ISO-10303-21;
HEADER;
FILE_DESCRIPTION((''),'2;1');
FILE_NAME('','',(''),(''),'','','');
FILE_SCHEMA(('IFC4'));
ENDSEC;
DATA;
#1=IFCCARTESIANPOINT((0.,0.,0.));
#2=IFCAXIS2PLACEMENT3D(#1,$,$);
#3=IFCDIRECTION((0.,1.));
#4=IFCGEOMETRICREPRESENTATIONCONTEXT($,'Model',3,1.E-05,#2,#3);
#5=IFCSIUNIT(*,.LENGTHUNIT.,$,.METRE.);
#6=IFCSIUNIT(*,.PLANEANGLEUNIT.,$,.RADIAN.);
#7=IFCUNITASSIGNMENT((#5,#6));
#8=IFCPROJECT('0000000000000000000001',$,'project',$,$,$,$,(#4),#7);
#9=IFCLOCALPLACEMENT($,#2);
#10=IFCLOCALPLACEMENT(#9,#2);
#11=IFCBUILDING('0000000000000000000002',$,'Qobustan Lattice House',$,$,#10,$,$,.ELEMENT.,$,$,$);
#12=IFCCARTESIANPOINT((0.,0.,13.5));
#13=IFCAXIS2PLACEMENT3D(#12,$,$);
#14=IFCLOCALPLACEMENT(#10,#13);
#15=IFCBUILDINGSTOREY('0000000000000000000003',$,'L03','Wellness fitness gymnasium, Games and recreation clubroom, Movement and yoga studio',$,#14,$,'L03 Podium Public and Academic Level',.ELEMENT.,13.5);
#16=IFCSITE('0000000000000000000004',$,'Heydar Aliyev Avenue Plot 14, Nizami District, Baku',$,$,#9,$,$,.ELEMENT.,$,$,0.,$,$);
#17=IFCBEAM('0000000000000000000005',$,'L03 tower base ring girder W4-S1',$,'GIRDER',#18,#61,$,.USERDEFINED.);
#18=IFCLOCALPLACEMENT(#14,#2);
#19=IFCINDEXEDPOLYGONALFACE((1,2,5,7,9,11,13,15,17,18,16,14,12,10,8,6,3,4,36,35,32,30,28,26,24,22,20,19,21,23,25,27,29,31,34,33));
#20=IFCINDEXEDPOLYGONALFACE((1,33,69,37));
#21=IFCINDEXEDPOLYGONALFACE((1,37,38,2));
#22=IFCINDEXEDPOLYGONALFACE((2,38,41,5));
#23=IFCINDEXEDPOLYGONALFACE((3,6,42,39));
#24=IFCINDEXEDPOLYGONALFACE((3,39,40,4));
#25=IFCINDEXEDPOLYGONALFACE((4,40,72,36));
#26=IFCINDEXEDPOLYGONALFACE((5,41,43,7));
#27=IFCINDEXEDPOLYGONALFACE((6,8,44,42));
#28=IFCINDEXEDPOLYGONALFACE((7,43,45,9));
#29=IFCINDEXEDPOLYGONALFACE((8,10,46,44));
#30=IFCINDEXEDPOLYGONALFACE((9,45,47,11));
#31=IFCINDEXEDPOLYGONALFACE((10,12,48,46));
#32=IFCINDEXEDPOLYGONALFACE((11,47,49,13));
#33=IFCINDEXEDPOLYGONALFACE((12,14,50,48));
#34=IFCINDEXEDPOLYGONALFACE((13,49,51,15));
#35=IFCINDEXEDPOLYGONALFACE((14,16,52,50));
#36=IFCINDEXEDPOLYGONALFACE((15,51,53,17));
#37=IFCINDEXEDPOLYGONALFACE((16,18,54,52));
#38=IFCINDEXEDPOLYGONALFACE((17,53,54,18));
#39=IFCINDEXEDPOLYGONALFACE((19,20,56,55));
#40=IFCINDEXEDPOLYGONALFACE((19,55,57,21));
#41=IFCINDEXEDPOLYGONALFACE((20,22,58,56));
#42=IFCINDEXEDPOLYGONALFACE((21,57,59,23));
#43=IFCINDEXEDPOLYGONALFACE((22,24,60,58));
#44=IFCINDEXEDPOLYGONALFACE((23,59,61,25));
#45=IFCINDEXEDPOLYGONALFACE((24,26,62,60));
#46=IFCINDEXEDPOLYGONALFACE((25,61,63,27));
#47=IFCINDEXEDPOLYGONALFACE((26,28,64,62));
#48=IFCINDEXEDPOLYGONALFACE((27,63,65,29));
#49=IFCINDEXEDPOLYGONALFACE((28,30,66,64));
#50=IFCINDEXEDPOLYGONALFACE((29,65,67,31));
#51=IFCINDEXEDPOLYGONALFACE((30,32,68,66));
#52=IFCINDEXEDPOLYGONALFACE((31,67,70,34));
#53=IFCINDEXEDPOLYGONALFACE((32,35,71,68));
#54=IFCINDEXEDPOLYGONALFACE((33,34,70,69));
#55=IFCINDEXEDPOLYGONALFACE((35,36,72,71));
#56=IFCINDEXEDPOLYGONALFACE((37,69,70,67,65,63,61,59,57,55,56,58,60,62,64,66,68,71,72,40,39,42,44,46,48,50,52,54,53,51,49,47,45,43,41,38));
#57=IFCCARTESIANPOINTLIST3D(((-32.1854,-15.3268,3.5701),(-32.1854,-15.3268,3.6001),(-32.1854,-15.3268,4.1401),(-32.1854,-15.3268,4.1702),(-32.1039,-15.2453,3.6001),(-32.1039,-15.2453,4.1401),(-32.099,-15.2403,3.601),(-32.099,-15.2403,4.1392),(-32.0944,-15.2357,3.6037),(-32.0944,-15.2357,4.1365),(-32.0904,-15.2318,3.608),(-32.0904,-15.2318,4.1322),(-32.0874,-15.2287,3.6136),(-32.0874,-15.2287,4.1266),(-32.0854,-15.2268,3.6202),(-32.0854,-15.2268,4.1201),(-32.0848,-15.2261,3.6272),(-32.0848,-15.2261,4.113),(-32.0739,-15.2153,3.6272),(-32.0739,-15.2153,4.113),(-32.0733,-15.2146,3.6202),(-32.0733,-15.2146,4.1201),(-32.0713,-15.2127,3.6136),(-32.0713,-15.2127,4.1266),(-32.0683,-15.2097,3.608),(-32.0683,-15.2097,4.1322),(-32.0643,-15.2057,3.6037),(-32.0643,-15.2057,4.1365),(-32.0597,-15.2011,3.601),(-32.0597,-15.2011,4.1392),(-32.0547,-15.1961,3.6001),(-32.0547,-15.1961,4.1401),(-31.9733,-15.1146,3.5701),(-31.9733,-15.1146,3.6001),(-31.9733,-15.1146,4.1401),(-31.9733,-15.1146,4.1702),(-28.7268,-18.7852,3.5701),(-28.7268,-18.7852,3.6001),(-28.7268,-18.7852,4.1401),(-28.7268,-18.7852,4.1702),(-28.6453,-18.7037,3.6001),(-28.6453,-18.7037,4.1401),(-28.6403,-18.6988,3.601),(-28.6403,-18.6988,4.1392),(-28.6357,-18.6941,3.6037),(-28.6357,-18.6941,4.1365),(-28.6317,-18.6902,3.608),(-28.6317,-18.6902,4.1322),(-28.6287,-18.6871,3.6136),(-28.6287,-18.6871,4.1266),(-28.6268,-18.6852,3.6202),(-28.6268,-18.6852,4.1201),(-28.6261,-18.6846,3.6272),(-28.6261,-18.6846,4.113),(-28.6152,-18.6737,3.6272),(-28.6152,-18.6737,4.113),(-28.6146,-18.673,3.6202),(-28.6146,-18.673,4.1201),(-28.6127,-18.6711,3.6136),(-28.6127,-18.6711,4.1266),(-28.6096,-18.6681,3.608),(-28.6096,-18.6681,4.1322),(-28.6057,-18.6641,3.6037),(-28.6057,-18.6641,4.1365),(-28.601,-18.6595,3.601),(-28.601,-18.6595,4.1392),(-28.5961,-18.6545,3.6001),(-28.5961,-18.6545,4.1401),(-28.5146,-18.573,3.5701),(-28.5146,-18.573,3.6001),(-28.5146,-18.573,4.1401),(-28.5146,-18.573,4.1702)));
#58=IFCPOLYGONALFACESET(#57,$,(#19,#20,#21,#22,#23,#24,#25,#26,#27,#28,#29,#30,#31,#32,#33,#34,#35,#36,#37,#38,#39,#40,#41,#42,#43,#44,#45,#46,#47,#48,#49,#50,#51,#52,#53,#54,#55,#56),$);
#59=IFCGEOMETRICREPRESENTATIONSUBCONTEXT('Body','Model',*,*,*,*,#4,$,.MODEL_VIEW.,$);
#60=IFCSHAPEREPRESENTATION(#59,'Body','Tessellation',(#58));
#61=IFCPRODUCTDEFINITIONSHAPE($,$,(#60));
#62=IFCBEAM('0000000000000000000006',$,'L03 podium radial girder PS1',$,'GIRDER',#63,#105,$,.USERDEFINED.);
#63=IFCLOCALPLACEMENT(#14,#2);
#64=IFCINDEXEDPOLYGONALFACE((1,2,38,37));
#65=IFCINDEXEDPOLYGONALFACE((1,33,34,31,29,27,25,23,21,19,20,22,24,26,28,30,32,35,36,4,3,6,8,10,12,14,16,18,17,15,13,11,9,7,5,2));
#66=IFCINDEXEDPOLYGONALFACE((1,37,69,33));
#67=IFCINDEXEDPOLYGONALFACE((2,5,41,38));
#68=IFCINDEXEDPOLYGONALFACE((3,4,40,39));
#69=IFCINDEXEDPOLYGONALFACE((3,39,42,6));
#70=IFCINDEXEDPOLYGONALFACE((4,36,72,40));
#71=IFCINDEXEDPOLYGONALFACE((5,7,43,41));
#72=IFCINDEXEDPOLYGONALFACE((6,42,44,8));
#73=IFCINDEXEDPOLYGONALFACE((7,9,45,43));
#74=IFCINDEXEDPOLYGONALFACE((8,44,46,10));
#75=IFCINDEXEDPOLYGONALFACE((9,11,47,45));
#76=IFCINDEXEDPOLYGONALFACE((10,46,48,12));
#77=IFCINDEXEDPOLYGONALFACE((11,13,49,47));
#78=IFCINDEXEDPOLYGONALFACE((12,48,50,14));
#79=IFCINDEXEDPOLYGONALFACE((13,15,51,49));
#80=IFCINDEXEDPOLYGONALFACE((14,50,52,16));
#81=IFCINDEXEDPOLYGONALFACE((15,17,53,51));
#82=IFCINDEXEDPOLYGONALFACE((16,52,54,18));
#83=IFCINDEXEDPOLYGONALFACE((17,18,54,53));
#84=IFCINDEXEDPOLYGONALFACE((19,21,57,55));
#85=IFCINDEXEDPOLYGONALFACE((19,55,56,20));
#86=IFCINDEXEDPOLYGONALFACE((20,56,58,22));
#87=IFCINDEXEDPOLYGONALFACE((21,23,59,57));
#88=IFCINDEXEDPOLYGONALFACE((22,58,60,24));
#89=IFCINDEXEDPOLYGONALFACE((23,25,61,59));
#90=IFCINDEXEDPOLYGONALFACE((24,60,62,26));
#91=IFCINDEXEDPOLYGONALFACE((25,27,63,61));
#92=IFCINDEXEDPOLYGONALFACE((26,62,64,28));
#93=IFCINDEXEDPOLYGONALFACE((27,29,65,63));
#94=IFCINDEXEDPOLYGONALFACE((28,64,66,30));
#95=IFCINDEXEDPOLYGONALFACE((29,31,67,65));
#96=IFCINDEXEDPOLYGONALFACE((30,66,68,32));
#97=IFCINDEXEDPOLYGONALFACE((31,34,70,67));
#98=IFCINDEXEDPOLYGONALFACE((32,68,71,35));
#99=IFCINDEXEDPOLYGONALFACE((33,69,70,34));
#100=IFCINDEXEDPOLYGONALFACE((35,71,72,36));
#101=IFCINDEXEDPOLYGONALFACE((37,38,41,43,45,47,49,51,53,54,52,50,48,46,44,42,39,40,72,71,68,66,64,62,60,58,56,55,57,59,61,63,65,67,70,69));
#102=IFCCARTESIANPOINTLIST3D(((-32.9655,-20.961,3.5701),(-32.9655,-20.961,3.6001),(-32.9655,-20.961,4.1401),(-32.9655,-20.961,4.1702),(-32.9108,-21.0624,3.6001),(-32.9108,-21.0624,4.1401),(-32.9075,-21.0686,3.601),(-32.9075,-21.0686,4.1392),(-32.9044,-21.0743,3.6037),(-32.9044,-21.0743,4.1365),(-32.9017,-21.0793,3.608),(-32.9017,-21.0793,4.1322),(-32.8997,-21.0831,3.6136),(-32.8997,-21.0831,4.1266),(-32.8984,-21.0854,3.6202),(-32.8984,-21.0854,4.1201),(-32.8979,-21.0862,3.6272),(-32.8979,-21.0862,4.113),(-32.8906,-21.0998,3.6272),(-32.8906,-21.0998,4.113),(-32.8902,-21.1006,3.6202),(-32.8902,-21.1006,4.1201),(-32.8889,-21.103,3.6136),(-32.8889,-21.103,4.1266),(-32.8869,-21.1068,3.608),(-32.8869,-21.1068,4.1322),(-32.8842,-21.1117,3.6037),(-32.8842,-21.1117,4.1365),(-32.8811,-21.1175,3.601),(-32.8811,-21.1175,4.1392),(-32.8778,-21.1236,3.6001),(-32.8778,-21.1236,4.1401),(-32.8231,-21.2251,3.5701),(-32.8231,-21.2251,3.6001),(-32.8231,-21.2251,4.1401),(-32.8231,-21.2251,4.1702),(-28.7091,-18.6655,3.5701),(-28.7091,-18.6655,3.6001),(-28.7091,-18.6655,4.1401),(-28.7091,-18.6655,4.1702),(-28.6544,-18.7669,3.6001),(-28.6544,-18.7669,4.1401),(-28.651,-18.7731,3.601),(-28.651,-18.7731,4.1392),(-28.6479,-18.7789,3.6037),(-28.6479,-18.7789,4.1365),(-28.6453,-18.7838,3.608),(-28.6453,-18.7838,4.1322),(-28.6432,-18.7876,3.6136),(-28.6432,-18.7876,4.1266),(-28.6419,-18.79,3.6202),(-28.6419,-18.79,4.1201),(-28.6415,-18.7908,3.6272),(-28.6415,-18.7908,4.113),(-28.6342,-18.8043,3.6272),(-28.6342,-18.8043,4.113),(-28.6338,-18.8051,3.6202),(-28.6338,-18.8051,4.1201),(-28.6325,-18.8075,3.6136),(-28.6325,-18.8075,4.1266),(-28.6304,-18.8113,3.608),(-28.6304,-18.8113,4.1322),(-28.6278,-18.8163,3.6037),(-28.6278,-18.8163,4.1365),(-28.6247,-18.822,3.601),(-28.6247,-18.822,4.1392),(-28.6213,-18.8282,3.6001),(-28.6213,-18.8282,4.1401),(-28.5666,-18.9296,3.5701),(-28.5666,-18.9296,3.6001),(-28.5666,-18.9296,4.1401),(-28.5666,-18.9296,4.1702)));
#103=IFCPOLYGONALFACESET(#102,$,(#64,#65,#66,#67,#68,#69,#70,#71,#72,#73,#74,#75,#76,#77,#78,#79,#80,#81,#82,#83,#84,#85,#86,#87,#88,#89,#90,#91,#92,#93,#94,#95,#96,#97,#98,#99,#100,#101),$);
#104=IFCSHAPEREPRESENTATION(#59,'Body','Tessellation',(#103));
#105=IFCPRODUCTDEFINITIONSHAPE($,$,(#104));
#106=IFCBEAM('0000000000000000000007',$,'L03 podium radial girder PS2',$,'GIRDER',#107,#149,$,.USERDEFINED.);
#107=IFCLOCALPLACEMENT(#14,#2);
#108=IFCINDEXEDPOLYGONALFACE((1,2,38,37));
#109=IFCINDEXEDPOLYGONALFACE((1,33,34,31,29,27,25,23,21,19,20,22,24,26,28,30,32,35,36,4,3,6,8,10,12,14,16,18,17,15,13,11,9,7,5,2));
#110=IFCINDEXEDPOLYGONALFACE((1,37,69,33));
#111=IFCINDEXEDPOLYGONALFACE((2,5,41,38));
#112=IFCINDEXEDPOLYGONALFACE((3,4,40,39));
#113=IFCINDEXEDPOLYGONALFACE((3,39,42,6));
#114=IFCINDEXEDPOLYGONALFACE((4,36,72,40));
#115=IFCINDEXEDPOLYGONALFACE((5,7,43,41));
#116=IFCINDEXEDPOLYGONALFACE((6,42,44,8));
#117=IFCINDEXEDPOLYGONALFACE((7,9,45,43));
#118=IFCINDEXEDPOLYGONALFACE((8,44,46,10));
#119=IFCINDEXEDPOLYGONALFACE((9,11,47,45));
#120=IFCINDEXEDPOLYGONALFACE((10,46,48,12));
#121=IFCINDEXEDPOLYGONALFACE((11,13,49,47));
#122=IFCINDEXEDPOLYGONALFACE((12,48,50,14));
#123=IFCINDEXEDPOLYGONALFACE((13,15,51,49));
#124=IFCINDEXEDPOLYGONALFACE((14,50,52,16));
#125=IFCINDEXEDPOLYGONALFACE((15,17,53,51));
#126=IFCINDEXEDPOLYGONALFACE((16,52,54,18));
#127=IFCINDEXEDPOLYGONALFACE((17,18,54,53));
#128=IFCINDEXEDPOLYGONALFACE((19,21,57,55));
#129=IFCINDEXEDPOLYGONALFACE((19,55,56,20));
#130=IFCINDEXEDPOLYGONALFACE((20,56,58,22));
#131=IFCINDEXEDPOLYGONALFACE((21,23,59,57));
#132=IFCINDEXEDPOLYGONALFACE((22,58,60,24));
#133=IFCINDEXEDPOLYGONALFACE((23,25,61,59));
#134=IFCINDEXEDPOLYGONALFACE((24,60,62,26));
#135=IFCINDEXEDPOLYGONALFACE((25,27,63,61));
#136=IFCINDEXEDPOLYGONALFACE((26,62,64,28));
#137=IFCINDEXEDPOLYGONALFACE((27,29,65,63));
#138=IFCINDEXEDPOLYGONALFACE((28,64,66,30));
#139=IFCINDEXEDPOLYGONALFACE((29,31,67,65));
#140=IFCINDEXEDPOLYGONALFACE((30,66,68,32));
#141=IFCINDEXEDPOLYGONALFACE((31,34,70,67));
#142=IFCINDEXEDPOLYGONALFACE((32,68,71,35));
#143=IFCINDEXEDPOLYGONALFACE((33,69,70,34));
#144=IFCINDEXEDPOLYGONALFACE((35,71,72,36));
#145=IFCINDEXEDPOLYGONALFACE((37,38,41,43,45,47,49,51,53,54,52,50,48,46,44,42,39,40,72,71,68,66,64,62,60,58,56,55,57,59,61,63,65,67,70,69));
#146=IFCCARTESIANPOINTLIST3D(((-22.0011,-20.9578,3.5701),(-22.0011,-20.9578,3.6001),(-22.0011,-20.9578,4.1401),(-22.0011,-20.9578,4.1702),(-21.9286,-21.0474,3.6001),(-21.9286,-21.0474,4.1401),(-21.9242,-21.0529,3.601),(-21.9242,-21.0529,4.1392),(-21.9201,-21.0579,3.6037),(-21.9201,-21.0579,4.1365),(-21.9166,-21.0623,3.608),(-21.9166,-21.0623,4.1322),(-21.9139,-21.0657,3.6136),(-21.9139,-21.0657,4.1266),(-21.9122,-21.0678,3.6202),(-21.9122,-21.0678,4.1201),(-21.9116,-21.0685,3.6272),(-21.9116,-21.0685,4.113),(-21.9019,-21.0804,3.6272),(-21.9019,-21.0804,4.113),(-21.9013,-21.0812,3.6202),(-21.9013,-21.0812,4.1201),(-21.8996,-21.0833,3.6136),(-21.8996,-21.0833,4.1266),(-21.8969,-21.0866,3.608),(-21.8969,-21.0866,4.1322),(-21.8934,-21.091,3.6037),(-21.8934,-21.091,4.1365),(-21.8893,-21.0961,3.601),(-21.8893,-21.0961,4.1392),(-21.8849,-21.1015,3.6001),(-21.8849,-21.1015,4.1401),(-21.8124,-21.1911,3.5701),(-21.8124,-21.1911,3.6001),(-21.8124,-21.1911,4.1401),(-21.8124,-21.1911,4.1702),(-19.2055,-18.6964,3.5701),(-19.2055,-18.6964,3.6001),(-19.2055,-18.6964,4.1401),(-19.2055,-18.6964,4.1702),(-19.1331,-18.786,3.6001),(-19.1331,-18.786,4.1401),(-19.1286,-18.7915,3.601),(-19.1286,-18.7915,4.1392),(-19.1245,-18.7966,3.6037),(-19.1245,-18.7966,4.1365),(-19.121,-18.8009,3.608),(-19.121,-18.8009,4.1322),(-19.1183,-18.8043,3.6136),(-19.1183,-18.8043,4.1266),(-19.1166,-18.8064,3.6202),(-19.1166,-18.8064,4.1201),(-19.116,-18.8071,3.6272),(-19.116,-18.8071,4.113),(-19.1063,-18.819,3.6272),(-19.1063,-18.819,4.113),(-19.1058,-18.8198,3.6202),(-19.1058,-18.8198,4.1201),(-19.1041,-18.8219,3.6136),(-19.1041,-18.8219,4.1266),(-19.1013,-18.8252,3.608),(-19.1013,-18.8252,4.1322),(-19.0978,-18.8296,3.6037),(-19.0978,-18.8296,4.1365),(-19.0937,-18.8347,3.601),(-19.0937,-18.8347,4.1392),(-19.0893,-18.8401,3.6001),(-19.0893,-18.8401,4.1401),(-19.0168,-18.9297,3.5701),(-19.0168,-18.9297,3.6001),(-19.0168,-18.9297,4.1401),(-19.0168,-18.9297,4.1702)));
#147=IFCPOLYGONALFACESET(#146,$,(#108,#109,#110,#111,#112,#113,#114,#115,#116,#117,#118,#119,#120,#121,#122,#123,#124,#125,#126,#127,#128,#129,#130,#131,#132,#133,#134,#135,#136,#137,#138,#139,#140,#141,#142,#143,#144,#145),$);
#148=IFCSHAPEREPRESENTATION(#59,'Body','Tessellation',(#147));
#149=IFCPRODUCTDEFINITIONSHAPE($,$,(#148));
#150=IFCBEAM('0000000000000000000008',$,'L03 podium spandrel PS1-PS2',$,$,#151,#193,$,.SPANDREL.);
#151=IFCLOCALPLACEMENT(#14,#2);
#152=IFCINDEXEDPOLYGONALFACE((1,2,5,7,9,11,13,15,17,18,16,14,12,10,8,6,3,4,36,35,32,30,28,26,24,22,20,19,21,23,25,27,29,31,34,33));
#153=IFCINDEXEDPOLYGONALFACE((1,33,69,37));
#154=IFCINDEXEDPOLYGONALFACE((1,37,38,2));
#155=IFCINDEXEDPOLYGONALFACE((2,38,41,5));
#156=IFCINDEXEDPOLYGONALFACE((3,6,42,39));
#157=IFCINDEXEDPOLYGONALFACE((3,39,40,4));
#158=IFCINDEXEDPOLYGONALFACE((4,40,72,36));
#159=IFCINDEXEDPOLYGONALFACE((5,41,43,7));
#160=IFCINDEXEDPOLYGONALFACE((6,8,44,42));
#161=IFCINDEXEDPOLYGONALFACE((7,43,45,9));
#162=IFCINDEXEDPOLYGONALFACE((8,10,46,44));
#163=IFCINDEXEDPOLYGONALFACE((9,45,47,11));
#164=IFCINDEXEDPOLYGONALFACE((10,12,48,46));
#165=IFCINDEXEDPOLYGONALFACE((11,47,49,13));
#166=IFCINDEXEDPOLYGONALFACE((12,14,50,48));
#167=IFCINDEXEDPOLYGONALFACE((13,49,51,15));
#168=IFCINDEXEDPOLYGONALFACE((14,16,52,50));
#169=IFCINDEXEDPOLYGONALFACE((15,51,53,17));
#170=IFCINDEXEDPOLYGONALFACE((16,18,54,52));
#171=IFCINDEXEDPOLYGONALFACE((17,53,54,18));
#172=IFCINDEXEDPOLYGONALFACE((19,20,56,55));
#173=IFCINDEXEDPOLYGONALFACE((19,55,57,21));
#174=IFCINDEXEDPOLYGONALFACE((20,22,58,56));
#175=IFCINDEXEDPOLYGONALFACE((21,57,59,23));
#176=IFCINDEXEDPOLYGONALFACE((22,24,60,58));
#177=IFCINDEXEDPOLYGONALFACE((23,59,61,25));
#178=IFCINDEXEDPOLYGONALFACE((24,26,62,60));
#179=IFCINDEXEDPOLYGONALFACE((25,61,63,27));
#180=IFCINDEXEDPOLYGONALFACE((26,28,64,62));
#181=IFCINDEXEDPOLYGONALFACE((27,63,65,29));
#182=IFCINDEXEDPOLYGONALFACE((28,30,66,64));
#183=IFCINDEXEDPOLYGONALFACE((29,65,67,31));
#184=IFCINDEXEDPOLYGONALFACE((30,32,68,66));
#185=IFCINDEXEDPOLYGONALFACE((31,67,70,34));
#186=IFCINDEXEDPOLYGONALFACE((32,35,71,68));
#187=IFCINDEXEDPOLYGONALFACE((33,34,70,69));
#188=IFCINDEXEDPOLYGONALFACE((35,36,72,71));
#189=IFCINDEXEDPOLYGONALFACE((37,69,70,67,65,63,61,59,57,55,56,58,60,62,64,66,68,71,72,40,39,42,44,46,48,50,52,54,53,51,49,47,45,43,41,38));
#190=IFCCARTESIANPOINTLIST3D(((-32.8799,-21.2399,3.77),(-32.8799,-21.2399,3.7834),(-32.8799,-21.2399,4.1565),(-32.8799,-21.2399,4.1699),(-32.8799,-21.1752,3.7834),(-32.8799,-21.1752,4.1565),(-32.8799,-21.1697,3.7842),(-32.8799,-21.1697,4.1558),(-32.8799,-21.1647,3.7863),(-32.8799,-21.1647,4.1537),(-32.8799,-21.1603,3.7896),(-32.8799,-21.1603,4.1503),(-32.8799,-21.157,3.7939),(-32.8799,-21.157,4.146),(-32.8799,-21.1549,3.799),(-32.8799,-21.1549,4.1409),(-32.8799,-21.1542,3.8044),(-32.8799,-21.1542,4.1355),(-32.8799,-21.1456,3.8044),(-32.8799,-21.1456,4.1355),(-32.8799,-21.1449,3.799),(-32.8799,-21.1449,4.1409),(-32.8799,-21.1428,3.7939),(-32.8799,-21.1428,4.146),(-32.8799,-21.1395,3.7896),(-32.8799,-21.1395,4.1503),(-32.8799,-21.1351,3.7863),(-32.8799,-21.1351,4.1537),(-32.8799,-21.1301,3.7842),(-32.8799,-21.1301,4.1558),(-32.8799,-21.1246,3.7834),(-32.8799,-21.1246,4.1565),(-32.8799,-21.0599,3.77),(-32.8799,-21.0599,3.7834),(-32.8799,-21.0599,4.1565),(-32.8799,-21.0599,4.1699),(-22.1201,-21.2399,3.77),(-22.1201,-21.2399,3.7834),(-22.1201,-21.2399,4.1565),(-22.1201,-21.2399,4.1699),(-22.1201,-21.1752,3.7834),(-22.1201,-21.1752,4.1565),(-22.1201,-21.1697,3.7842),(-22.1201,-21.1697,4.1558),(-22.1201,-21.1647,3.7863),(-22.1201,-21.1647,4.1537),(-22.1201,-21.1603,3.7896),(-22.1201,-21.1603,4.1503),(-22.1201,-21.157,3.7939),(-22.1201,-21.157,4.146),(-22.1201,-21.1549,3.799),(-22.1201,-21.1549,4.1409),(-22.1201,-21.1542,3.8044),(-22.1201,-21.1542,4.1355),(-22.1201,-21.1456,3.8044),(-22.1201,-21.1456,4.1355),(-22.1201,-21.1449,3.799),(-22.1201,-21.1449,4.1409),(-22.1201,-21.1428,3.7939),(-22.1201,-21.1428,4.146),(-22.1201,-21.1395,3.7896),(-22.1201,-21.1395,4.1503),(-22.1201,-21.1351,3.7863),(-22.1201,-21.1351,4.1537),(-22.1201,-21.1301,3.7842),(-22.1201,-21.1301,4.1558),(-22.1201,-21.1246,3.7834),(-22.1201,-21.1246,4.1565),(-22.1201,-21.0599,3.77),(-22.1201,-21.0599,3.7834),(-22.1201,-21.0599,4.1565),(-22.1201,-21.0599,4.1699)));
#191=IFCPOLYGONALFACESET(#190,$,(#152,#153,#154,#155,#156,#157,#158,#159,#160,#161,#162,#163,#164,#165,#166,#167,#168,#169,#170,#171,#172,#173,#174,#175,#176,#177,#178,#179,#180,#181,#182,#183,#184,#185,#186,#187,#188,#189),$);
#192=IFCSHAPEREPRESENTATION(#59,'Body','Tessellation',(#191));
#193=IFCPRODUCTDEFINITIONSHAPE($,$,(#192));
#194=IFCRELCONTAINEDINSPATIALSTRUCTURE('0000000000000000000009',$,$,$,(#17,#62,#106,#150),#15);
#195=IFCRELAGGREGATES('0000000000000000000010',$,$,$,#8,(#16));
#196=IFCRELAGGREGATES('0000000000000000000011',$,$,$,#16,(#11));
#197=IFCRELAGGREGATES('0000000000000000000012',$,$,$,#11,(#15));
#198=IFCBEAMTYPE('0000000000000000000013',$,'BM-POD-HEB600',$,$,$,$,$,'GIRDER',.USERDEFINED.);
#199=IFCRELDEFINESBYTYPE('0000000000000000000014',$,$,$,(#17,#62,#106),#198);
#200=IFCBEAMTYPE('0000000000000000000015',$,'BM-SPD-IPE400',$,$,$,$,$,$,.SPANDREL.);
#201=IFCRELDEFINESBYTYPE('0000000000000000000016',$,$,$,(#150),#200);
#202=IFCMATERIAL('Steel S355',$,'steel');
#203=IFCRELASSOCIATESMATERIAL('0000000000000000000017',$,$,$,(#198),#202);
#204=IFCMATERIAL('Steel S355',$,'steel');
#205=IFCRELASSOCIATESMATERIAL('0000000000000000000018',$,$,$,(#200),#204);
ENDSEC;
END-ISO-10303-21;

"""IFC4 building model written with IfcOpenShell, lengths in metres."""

from ifc_helpers import new_model, si_unit, direction, frame, origin, origin_2d, place, context, subcontext, project, spatial, i_section, extrude, material, material_profile, profile_set, type_object, element, save


model = new_model("IFC4")

# Units and contexts
model_context = context("Model", 3, precision=1e-05, world=origin(), true_north=direction((0.0, 1.0)))
body_context = subcontext(model_context, "Body", "Model", "MODEL_VIEW")
ifc_project = project(units=[si_unit("LENGTHUNIT", "METRE"), si_unit("PLANEANGLEUNIT", "RADIAN")], contexts=[model_context])

# Site, building, storey
site_placement = place(None, origin())
site = spatial("IfcSite", under=ifc_project, at=site_placement, Name="Heydar Aliyev Avenue Plot 14, Nizami District, Baku", CompositionType="ELEMENT", RefElevation=0.0)
building_placement = place(site_placement, origin())
building = spatial("IfcBuilding", under=site, at=building_placement, Name="Qobustan Lattice House", CompositionType="ELEMENT")
storey_placement = place(building_placement, frame((0.0, 0.0, 13.5)))
storey = spatial("IfcBuildingStorey", under=building, at=storey_placement, Name="L03", Description="Wellness fitness gymnasium, Games and recreation clubroom, Movement and yoga studio", LongName="L03 Podium Public and Academic Level", CompositionType="ELEMENT", Elevation=13.5)

# Beams
ifc_material_1 = material(Name="Steel S355", Category="steel")
ifc_material_profile_1 = material_profile(ifc_material_1, i_section(OverallWidth=0.3, OverallDepth=0.6001, WebThickness=0.0154, FlangeThickness=0.03, FilletRadius=0.0271, at=origin_2d()), Name="HEB600")
ifc_profile_set_1 = profile_set([ifc_material_profile_1], Name="Steel S355")
beam_type_1 = type_object("IfcBeamType", Name="BM-POD-HEB600", ElementType="GIRDER", PredefinedType="USERDEFINED", material=ifc_profile_set_1)
beam_1_placement = place(storey_placement, frame((-32.0793, -15.2207, 3.8701), z_axis=(0.707132, -0.707082, 0.0), x_axis=(0.707082, 0.707132, 0.0)))
element("IfcBeam", 1, at=beam_1_placement, inside=storey, type_object=beam_type_1, Name="L03 tower base ring girder W4-S1", ObjectType="GIRDER", PredefinedType="USERDEFINED", context=body_context, shape_type="SweptSolid", body=[
    extrude(i_section(OverallWidth=0.3, OverallDepth=0.6001, WebThickness=0.0154, FlangeThickness=0.03, FilletRadius=0.0271, at=origin_2d()), origin(), (0.0, 0.0, 1.0), 4.8911),
])
beam_2_placement = place(storey_placement, frame((-32.8943, -21.093, 3.8701), z_axis=(0.880166, 0.474666, 0.0), x_axis=(-0.474666, 0.880166, 0.0)))
element("IfcBeam", 2, at=beam_2_placement, inside=storey, type_object=beam_type_1, Name="L03 podium radial girder PS1", ObjectType="GIRDER", PredefinedType="USERDEFINED", context=body_context, shape_type="SweptSolid", body=[
    extrude(i_section(OverallWidth=0.3, OverallDepth=0.6001, WebThickness=0.0154, FlangeThickness=0.03, FilletRadius=0.0271, at=origin_2d()), origin(), (0.0, 0.0, 1.0), 4.8359),
])
beam_3_placement = place(storey_placement, frame((-21.9067, -21.0745, 3.8701), z_axis=(0.777473, 0.628917, 0.0), x_axis=(-0.628917, 0.777473, 0.0)))
element("IfcBeam", 3, at=beam_3_placement, inside=storey, type_object=beam_type_1, Name="L03 podium radial girder PS2", ObjectType="GIRDER", PredefinedType="USERDEFINED", context=body_context, shape_type="SweptSolid", body=[
    extrude(i_section(OverallWidth=0.3, OverallDepth=0.6001, WebThickness=0.0154, FlangeThickness=0.03, FilletRadius=0.0271, at=origin_2d()), origin(), (0.0, 0.0, 1.0), 3.5957),
])
ifc_material_2 = material(Name="Steel S355", Category="steel")
ifc_material_profile_2 = material_profile(ifc_material_2, i_section(OverallWidth=0.1799, OverallDepth=0.3999, WebThickness=0.0085, FlangeThickness=0.0134, FilletRadius=0.021, at=origin_2d()), Name="IPE400")
ifc_profile_set_2 = profile_set([ifc_material_profile_2], Name="Steel S355")
beam_type_2 = type_object("IfcBeamType", Name="BM-SPD-IPE400", PredefinedType="SPANDREL", material=ifc_profile_set_2)
for number, where, z_axis, x_axis, name in (
    (4, (-32.8799, -21.1499, 3.97), (1.0, 0.0, 0.0), (0.0, 1.0, 0.0), "L03 podium spandrel PS1-PS2"),
):
    element("IfcBeam", number, at=place(storey_placement, frame(where, z_axis=z_axis, x_axis=x_axis)), inside=storey, type_object=beam_type_2, Name=name, PredefinedType="SPANDREL", context=body_context, shape_type="SweptSolid", body=[
        extrude(i_section(OverallWidth=0.1799, OverallDepth=0.3999, WebThickness=0.0085, FlangeThickness=0.0134, FilletRadius=0.021, at=origin_2d()), origin(), (0.0, 0.0, 1.0), 10.7598),
    ])

save(model, "model.ifc")
